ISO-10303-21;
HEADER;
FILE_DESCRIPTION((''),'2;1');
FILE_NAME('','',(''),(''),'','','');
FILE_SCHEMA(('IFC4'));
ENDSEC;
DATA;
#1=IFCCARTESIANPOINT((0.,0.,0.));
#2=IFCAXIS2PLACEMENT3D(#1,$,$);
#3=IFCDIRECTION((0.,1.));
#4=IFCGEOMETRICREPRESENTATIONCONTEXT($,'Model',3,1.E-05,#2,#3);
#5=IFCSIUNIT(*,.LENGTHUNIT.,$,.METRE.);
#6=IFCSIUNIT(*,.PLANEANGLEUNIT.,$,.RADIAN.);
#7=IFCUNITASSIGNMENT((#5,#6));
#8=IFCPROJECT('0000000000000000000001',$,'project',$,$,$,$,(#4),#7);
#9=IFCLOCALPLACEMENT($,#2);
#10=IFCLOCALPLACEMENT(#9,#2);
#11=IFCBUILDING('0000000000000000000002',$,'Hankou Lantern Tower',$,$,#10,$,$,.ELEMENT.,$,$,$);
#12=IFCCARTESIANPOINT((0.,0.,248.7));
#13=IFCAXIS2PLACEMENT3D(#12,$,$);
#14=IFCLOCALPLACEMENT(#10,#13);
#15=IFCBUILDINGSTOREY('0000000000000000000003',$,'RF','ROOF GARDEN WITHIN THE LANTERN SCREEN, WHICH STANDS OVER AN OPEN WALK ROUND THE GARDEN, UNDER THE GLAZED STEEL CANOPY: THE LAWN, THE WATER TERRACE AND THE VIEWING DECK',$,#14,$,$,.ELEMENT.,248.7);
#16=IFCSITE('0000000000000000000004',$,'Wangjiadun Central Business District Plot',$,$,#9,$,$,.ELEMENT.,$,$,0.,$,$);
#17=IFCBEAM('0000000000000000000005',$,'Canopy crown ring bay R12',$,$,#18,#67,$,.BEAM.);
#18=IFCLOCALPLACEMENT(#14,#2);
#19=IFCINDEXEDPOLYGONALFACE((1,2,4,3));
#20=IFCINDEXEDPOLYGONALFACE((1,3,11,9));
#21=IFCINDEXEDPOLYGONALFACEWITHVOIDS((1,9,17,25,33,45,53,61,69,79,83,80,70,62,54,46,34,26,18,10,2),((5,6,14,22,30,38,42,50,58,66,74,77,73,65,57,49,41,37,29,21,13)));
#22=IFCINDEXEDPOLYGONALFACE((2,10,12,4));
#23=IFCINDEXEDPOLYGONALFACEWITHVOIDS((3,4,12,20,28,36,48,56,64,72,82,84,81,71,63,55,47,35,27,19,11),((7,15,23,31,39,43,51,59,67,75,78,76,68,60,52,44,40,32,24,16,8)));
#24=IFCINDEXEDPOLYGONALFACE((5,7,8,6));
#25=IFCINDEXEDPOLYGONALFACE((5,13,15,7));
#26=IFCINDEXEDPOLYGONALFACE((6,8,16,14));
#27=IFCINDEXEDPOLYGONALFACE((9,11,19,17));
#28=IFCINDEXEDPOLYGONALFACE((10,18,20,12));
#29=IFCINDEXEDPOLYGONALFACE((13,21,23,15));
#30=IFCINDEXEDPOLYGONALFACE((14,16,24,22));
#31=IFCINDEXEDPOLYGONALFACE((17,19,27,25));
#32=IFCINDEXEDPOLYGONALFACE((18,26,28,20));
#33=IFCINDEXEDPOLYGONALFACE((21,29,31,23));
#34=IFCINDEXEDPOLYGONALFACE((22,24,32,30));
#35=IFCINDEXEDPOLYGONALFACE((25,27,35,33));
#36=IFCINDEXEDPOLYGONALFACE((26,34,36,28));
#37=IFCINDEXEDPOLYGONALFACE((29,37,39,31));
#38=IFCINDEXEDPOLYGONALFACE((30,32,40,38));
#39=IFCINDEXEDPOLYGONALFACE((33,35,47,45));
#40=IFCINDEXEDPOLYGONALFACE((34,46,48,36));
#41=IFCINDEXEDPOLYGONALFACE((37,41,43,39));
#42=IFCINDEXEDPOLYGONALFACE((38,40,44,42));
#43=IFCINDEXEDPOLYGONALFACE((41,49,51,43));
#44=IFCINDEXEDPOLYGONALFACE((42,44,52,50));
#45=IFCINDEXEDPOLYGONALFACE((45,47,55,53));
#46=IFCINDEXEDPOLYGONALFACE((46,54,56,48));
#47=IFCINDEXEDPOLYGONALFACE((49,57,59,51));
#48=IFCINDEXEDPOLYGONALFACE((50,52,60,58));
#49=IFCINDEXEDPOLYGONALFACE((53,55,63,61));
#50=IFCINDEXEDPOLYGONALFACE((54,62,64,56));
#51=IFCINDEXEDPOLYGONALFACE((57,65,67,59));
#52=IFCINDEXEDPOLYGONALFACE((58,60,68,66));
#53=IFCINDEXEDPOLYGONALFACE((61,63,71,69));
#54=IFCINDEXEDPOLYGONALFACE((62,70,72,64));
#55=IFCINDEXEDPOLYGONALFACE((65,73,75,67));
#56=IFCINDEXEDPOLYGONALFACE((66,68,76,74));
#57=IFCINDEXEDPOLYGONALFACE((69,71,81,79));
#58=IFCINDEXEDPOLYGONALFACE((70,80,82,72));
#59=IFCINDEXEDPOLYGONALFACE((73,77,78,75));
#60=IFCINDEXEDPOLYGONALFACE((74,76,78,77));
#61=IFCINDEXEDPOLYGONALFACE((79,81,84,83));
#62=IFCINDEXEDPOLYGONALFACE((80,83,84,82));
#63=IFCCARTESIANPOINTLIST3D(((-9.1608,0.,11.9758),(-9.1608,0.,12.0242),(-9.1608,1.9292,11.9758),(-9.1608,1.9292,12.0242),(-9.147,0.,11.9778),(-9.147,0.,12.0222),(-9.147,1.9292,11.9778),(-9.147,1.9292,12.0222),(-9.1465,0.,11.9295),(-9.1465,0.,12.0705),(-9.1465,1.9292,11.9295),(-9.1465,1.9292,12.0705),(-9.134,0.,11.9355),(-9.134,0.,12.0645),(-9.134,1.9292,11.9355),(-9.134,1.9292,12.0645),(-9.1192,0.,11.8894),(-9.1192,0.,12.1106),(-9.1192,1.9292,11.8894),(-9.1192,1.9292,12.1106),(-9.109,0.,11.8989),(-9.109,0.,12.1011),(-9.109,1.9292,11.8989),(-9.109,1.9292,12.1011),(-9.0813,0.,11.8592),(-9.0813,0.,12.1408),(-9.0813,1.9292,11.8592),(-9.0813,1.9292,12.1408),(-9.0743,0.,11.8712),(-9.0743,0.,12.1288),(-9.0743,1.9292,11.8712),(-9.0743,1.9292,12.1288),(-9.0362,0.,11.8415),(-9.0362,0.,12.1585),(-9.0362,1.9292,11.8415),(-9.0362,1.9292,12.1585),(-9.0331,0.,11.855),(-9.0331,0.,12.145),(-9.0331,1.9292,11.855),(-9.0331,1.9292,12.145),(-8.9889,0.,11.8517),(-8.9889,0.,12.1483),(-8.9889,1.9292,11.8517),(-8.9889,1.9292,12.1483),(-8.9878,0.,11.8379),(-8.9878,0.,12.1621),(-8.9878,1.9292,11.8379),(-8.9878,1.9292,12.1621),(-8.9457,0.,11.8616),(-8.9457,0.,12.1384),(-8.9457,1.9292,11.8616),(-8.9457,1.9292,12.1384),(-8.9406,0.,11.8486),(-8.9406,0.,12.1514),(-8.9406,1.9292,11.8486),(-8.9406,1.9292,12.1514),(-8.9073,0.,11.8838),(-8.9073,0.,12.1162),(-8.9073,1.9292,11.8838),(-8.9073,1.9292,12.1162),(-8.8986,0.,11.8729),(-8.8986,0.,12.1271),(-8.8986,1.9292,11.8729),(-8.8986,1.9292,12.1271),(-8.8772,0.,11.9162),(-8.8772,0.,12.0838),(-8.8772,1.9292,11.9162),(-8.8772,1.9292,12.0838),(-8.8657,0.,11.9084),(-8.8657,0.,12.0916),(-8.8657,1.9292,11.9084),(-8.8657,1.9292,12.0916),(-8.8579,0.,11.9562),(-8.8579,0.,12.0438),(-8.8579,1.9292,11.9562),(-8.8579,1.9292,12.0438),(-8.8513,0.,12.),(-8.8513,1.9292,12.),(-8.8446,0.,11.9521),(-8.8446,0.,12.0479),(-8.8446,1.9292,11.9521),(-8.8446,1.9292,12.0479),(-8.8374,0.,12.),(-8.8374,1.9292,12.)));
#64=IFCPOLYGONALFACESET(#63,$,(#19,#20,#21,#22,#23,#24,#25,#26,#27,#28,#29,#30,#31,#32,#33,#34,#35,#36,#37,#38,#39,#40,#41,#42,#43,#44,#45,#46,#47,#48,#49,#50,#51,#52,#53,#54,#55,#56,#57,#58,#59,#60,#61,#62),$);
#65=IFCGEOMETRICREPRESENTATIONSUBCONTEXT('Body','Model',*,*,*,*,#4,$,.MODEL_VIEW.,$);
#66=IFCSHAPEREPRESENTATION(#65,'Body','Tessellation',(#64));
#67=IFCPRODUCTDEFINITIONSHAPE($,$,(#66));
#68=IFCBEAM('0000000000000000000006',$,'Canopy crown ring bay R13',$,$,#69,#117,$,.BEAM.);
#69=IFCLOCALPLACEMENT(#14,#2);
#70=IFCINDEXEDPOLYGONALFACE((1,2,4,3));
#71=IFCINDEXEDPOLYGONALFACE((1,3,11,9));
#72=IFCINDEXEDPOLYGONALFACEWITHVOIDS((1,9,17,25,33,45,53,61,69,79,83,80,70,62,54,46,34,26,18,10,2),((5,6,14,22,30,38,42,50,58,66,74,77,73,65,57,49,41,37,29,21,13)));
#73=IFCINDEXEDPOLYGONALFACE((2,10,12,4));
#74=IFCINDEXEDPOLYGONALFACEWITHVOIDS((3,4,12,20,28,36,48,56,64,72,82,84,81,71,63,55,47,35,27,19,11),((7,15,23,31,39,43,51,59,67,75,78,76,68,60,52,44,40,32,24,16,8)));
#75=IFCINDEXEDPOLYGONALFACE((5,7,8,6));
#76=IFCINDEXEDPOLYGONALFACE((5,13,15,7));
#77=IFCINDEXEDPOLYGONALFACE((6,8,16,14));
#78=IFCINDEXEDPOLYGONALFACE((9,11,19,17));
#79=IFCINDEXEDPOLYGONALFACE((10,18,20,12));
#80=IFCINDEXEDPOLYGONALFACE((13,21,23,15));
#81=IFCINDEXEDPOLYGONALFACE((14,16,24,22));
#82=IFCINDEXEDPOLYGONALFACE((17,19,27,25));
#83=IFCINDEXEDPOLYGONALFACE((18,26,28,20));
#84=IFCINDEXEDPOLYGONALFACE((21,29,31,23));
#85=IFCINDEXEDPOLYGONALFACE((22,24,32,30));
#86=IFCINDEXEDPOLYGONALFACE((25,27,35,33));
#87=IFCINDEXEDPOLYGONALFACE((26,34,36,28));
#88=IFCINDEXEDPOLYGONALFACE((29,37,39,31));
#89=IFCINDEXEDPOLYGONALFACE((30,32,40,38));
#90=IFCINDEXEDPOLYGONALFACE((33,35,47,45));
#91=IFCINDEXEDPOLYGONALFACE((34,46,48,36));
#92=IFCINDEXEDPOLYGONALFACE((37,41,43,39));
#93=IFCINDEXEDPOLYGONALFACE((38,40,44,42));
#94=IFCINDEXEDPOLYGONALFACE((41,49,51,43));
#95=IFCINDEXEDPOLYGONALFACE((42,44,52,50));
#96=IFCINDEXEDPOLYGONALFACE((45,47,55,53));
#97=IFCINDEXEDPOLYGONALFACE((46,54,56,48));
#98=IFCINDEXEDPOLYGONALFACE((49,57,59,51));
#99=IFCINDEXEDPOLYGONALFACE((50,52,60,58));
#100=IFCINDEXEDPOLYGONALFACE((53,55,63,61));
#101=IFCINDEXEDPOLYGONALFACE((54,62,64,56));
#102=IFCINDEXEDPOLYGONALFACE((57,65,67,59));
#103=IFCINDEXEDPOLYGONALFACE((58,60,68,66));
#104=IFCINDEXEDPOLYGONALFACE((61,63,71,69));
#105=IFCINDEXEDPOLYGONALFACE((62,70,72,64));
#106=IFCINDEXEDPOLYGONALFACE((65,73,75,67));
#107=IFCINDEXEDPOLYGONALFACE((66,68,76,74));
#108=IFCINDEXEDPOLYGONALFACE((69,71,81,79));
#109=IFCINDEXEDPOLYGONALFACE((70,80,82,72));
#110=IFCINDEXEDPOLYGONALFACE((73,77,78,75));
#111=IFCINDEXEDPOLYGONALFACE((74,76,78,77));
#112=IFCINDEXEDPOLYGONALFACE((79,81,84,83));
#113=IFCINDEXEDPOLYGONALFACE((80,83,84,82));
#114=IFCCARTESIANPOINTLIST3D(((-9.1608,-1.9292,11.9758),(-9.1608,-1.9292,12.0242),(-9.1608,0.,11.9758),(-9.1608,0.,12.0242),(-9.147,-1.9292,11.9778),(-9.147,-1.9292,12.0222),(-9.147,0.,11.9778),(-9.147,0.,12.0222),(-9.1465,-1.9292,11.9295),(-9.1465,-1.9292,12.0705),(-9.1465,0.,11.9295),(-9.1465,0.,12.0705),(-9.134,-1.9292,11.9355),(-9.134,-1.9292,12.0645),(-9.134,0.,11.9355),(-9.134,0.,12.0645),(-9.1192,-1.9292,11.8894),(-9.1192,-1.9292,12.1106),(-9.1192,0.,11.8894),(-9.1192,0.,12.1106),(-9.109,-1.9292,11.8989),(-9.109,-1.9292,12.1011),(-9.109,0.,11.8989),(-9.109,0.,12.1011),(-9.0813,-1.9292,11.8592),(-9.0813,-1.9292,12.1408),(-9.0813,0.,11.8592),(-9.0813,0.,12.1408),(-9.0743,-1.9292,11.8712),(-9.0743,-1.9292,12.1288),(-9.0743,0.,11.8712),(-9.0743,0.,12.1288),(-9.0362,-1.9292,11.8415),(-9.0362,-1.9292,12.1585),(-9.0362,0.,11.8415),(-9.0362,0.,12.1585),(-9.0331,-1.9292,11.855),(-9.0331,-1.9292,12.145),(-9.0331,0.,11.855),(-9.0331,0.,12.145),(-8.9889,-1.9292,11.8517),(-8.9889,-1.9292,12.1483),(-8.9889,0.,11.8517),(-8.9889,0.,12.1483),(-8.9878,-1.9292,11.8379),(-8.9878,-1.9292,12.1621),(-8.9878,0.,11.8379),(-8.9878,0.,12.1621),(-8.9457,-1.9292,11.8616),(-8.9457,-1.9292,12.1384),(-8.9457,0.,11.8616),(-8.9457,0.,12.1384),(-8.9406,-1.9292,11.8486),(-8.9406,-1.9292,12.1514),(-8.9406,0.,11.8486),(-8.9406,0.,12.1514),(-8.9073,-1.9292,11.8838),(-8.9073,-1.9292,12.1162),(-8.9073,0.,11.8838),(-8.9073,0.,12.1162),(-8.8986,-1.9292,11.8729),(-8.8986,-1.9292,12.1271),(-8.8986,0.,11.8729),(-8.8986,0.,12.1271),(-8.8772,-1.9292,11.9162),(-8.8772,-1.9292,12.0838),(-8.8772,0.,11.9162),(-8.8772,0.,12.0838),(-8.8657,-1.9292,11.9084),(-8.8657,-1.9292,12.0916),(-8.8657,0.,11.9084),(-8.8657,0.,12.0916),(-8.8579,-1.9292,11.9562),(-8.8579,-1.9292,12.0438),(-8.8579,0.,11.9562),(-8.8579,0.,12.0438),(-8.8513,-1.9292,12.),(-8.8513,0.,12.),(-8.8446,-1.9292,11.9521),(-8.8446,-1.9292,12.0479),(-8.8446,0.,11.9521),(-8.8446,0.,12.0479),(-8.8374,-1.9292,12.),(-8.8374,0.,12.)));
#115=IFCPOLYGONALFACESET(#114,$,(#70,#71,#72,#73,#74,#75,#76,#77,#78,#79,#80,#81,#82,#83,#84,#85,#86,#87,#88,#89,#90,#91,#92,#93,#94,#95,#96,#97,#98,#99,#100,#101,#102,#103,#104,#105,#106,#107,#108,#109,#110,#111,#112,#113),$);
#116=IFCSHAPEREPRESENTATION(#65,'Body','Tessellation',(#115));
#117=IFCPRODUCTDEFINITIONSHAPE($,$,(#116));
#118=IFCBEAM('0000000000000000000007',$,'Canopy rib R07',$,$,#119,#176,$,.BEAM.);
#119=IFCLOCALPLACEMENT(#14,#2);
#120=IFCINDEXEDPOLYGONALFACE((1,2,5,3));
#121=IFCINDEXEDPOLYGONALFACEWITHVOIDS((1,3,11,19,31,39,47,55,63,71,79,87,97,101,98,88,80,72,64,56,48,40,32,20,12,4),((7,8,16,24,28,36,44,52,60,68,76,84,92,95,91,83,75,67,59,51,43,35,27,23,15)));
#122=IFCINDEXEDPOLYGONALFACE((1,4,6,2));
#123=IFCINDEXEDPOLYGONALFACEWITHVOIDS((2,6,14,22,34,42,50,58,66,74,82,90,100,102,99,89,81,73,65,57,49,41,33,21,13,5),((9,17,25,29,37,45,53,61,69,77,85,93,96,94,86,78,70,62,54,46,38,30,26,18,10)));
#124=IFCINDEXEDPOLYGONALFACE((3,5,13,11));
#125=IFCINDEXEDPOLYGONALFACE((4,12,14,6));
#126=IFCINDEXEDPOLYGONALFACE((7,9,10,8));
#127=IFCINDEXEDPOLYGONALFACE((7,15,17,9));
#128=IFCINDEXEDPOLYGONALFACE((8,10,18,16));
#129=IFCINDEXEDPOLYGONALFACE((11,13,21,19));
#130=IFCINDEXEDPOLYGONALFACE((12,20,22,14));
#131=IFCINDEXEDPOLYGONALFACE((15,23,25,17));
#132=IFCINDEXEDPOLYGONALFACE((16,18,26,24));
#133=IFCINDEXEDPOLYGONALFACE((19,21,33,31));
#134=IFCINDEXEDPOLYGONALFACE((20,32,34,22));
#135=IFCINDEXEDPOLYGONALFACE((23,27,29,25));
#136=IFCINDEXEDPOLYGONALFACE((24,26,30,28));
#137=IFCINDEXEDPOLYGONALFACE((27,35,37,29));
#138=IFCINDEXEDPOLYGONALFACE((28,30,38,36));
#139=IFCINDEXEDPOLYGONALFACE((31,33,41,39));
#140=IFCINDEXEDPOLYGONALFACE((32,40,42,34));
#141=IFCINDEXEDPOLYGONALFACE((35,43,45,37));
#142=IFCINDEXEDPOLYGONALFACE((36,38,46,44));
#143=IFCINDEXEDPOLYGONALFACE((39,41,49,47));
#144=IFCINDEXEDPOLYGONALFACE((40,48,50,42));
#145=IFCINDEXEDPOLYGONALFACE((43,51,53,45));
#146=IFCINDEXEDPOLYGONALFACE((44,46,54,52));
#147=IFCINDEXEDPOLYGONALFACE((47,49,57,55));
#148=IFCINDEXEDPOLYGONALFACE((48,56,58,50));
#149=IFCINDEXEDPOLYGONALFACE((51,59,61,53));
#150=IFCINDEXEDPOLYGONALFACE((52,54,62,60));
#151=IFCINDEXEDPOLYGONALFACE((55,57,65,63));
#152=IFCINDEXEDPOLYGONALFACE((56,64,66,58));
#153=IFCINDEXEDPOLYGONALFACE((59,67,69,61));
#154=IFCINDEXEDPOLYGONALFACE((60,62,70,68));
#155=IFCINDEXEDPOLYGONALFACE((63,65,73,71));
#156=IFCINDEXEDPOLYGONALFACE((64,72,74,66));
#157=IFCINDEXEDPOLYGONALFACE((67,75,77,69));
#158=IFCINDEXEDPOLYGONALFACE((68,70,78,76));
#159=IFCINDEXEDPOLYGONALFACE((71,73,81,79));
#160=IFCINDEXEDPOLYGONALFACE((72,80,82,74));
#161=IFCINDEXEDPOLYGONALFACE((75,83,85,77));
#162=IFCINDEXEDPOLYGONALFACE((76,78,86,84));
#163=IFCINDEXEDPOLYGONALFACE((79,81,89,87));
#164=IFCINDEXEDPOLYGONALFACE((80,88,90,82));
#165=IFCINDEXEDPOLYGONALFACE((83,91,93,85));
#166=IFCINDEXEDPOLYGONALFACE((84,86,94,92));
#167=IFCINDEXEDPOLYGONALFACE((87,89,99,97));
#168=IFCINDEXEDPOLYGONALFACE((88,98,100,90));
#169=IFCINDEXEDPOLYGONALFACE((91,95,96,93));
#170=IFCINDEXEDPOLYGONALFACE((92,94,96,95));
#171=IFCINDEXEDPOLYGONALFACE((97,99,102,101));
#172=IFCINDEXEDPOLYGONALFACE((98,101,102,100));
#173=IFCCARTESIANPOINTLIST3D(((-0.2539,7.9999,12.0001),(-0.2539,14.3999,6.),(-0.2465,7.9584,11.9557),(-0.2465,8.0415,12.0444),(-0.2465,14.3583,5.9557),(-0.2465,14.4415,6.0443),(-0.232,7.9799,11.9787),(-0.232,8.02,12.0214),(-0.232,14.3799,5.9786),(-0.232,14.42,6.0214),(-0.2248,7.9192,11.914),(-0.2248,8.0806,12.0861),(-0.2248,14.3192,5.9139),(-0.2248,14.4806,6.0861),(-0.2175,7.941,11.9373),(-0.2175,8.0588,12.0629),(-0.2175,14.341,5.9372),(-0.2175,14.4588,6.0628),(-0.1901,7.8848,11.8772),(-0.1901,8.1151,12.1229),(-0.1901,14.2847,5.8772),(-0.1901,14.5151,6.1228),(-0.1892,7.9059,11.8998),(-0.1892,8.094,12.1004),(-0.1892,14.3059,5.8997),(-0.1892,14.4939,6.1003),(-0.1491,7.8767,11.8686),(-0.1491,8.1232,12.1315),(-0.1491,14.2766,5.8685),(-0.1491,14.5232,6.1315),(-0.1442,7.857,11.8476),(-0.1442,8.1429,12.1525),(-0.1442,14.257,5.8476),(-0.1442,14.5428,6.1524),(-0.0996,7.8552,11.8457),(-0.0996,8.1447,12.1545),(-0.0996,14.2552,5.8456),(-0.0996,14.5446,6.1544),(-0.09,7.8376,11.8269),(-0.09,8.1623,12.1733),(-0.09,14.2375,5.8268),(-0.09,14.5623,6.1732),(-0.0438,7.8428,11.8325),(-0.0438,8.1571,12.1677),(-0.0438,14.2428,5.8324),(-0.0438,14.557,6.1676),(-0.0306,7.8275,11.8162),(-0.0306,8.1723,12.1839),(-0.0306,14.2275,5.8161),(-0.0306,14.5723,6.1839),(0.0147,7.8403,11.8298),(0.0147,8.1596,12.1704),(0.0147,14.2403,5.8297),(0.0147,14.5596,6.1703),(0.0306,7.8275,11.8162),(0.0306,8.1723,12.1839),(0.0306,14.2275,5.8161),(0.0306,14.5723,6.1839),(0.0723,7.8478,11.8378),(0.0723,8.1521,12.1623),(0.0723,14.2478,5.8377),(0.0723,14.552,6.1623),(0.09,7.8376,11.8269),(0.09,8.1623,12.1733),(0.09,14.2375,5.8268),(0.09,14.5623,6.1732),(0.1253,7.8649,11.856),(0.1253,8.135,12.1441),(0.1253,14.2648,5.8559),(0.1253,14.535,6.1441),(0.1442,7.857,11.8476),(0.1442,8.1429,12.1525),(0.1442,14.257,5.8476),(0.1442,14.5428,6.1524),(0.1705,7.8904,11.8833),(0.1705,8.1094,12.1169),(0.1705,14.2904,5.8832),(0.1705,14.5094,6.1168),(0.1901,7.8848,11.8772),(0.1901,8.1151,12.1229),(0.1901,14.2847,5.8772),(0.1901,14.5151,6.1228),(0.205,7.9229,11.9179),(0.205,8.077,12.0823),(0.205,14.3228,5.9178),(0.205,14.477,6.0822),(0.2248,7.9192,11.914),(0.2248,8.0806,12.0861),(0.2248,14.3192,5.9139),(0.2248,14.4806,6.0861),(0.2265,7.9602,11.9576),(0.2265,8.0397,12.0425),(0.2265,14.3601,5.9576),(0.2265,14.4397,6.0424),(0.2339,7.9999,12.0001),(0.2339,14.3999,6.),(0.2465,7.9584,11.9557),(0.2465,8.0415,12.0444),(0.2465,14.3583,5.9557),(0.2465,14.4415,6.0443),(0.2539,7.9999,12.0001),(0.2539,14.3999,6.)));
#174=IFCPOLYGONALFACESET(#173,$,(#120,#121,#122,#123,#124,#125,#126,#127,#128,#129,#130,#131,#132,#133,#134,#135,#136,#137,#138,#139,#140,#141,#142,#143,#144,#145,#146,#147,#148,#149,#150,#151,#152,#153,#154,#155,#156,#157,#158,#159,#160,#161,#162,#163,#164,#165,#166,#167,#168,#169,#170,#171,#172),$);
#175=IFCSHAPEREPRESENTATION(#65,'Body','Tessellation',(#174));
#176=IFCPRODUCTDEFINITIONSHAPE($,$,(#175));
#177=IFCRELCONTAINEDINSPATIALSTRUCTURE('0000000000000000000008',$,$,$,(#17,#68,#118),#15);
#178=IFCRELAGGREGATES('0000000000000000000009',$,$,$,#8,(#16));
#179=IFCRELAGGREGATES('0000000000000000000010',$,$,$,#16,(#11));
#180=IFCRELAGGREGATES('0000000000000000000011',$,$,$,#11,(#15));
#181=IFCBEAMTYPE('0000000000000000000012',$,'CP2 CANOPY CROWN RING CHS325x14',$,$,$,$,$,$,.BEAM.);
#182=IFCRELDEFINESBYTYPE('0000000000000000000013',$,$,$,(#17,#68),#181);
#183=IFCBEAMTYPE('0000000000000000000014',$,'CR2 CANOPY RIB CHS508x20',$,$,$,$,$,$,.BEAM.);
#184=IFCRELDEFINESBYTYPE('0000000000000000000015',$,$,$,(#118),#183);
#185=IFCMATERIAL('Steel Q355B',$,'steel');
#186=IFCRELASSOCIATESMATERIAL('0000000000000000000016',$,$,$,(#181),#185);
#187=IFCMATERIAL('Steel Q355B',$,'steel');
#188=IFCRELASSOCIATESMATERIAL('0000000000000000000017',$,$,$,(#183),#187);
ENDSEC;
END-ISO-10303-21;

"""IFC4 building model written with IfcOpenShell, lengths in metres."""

from ifc_helpers import new_model, si_unit, direction, frame, origin, origin_2d, place, context, subcontext, project, spatial, hollow_circle, extrude, material, material_profile, profile_set, type_object, element, save


model = new_model("IFC4")

# Units and contexts
model_context = context("Model", 3, precision=1e-05, world=origin(), true_north=direction((0.0, 1.0)))
body_context = subcontext(model_context, "Body", "Model", "MODEL_VIEW")
ifc_project = project(units=[si_unit("LENGTHUNIT", "METRE"), si_unit("PLANEANGLEUNIT", "RADIAN")], contexts=[model_context])

# Site, building, storey
site_placement = place(None, origin())
site = spatial("IfcSite", under=ifc_project, at=site_placement, Name="Wangjiadun Central Business District Plot", CompositionType="ELEMENT", RefElevation=0.0)
building_placement = place(site_placement, origin())
building = spatial("IfcBuilding", under=site, at=building_placement, Name="Hankou Lantern Tower", CompositionType="ELEMENT")
storey_placement = place(building_placement, frame((0.0, 0.0, 248.7)))
storey = spatial("IfcBuildingStorey", under=building, at=storey_placement, Name="RF", Description="ROOF GARDEN WITHIN THE LANTERN SCREEN, WHICH STANDS OVER AN OPEN WALK ROUND THE GARDEN, UNDER THE GLAZED STEEL CANOPY: THE LAWN, THE WATER TERRACE AND THE VIEWING DECK", CompositionType="ELEMENT", Elevation=248.7)

# Beams
ifc_material_1 = material(Name="Steel Q355B", Category="steel")
ifc_material_profile_1 = material_profile(ifc_material_1, hollow_circle(Radius=0.1626, WallThickness=0.0139, at=origin_2d()), Name="CHS325x14")
ifc_profile_set_1 = profile_set([ifc_material_profile_1], Name="Steel Q355B")
beam_type_1 = type_object("IfcBeamType", Name="CP2 CANOPY CROWN RING CHS325x14", PredefinedType="BEAM", material=ifc_profile_set_1)
for number, where, z_axis, x_axis, name in (
    (1, (-9.0, 1.9292, 12.0), (0.0, -1.0, 0.0), (1.0, 0.0, 0.0), "Canopy crown ring bay R12"),
    (2, (-9.0, 0.0, 12.0), (0.0, -1.0, 0.0), (1.0, 0.0, 0.0), "Canopy crown ring bay R13"),
):
    element("IfcBeam", number, at=place(storey_placement, frame(where, z_axis=z_axis, x_axis=x_axis)), inside=storey, type_object=beam_type_1, Name=name, PredefinedType="BEAM", context=body_context, shape_type="SweptSolid", body=[
        extrude(hollow_circle(Radius=0.1626, WallThickness=0.0139, at=origin_2d()), origin(), (0.0, 0.0, 1.0), 1.9292),
    ])
ifc_material_2 = material(Name="Steel Q355B", Category="steel")
ifc_material_profile_2 = material_profile(ifc_material_2, hollow_circle(Radius=0.2539, WallThickness=0.02, at=origin_2d()), Name="CHS508x20")
ifc_profile_set_2 = profile_set([ifc_material_profile_2], Name="Steel Q355B")
beam_type_2 = type_object("IfcBeamType", Name="CR2 CANOPY RIB CHS508x20", PredefinedType="BEAM", material=ifc_profile_set_2)
beam_1_placement = place(storey_placement, frame((0.0, 14.3999, 6.0), z_axis=(0.0, -0.729532, 0.683947), x_axis=(1.0, 0.0, 0.0)))
element("IfcBeam", 3, at=beam_1_placement, inside=storey, type_object=beam_type_2, Name="Canopy rib R07", PredefinedType="BEAM", context=body_context, shape_type="SweptSolid", body=[
    extrude(hollow_circle(Radius=0.2539, WallThickness=0.02, at=origin_2d()), origin(), (0.0, 0.0, 1.0), 8.7727),
])

save(model, "model.ifc")
